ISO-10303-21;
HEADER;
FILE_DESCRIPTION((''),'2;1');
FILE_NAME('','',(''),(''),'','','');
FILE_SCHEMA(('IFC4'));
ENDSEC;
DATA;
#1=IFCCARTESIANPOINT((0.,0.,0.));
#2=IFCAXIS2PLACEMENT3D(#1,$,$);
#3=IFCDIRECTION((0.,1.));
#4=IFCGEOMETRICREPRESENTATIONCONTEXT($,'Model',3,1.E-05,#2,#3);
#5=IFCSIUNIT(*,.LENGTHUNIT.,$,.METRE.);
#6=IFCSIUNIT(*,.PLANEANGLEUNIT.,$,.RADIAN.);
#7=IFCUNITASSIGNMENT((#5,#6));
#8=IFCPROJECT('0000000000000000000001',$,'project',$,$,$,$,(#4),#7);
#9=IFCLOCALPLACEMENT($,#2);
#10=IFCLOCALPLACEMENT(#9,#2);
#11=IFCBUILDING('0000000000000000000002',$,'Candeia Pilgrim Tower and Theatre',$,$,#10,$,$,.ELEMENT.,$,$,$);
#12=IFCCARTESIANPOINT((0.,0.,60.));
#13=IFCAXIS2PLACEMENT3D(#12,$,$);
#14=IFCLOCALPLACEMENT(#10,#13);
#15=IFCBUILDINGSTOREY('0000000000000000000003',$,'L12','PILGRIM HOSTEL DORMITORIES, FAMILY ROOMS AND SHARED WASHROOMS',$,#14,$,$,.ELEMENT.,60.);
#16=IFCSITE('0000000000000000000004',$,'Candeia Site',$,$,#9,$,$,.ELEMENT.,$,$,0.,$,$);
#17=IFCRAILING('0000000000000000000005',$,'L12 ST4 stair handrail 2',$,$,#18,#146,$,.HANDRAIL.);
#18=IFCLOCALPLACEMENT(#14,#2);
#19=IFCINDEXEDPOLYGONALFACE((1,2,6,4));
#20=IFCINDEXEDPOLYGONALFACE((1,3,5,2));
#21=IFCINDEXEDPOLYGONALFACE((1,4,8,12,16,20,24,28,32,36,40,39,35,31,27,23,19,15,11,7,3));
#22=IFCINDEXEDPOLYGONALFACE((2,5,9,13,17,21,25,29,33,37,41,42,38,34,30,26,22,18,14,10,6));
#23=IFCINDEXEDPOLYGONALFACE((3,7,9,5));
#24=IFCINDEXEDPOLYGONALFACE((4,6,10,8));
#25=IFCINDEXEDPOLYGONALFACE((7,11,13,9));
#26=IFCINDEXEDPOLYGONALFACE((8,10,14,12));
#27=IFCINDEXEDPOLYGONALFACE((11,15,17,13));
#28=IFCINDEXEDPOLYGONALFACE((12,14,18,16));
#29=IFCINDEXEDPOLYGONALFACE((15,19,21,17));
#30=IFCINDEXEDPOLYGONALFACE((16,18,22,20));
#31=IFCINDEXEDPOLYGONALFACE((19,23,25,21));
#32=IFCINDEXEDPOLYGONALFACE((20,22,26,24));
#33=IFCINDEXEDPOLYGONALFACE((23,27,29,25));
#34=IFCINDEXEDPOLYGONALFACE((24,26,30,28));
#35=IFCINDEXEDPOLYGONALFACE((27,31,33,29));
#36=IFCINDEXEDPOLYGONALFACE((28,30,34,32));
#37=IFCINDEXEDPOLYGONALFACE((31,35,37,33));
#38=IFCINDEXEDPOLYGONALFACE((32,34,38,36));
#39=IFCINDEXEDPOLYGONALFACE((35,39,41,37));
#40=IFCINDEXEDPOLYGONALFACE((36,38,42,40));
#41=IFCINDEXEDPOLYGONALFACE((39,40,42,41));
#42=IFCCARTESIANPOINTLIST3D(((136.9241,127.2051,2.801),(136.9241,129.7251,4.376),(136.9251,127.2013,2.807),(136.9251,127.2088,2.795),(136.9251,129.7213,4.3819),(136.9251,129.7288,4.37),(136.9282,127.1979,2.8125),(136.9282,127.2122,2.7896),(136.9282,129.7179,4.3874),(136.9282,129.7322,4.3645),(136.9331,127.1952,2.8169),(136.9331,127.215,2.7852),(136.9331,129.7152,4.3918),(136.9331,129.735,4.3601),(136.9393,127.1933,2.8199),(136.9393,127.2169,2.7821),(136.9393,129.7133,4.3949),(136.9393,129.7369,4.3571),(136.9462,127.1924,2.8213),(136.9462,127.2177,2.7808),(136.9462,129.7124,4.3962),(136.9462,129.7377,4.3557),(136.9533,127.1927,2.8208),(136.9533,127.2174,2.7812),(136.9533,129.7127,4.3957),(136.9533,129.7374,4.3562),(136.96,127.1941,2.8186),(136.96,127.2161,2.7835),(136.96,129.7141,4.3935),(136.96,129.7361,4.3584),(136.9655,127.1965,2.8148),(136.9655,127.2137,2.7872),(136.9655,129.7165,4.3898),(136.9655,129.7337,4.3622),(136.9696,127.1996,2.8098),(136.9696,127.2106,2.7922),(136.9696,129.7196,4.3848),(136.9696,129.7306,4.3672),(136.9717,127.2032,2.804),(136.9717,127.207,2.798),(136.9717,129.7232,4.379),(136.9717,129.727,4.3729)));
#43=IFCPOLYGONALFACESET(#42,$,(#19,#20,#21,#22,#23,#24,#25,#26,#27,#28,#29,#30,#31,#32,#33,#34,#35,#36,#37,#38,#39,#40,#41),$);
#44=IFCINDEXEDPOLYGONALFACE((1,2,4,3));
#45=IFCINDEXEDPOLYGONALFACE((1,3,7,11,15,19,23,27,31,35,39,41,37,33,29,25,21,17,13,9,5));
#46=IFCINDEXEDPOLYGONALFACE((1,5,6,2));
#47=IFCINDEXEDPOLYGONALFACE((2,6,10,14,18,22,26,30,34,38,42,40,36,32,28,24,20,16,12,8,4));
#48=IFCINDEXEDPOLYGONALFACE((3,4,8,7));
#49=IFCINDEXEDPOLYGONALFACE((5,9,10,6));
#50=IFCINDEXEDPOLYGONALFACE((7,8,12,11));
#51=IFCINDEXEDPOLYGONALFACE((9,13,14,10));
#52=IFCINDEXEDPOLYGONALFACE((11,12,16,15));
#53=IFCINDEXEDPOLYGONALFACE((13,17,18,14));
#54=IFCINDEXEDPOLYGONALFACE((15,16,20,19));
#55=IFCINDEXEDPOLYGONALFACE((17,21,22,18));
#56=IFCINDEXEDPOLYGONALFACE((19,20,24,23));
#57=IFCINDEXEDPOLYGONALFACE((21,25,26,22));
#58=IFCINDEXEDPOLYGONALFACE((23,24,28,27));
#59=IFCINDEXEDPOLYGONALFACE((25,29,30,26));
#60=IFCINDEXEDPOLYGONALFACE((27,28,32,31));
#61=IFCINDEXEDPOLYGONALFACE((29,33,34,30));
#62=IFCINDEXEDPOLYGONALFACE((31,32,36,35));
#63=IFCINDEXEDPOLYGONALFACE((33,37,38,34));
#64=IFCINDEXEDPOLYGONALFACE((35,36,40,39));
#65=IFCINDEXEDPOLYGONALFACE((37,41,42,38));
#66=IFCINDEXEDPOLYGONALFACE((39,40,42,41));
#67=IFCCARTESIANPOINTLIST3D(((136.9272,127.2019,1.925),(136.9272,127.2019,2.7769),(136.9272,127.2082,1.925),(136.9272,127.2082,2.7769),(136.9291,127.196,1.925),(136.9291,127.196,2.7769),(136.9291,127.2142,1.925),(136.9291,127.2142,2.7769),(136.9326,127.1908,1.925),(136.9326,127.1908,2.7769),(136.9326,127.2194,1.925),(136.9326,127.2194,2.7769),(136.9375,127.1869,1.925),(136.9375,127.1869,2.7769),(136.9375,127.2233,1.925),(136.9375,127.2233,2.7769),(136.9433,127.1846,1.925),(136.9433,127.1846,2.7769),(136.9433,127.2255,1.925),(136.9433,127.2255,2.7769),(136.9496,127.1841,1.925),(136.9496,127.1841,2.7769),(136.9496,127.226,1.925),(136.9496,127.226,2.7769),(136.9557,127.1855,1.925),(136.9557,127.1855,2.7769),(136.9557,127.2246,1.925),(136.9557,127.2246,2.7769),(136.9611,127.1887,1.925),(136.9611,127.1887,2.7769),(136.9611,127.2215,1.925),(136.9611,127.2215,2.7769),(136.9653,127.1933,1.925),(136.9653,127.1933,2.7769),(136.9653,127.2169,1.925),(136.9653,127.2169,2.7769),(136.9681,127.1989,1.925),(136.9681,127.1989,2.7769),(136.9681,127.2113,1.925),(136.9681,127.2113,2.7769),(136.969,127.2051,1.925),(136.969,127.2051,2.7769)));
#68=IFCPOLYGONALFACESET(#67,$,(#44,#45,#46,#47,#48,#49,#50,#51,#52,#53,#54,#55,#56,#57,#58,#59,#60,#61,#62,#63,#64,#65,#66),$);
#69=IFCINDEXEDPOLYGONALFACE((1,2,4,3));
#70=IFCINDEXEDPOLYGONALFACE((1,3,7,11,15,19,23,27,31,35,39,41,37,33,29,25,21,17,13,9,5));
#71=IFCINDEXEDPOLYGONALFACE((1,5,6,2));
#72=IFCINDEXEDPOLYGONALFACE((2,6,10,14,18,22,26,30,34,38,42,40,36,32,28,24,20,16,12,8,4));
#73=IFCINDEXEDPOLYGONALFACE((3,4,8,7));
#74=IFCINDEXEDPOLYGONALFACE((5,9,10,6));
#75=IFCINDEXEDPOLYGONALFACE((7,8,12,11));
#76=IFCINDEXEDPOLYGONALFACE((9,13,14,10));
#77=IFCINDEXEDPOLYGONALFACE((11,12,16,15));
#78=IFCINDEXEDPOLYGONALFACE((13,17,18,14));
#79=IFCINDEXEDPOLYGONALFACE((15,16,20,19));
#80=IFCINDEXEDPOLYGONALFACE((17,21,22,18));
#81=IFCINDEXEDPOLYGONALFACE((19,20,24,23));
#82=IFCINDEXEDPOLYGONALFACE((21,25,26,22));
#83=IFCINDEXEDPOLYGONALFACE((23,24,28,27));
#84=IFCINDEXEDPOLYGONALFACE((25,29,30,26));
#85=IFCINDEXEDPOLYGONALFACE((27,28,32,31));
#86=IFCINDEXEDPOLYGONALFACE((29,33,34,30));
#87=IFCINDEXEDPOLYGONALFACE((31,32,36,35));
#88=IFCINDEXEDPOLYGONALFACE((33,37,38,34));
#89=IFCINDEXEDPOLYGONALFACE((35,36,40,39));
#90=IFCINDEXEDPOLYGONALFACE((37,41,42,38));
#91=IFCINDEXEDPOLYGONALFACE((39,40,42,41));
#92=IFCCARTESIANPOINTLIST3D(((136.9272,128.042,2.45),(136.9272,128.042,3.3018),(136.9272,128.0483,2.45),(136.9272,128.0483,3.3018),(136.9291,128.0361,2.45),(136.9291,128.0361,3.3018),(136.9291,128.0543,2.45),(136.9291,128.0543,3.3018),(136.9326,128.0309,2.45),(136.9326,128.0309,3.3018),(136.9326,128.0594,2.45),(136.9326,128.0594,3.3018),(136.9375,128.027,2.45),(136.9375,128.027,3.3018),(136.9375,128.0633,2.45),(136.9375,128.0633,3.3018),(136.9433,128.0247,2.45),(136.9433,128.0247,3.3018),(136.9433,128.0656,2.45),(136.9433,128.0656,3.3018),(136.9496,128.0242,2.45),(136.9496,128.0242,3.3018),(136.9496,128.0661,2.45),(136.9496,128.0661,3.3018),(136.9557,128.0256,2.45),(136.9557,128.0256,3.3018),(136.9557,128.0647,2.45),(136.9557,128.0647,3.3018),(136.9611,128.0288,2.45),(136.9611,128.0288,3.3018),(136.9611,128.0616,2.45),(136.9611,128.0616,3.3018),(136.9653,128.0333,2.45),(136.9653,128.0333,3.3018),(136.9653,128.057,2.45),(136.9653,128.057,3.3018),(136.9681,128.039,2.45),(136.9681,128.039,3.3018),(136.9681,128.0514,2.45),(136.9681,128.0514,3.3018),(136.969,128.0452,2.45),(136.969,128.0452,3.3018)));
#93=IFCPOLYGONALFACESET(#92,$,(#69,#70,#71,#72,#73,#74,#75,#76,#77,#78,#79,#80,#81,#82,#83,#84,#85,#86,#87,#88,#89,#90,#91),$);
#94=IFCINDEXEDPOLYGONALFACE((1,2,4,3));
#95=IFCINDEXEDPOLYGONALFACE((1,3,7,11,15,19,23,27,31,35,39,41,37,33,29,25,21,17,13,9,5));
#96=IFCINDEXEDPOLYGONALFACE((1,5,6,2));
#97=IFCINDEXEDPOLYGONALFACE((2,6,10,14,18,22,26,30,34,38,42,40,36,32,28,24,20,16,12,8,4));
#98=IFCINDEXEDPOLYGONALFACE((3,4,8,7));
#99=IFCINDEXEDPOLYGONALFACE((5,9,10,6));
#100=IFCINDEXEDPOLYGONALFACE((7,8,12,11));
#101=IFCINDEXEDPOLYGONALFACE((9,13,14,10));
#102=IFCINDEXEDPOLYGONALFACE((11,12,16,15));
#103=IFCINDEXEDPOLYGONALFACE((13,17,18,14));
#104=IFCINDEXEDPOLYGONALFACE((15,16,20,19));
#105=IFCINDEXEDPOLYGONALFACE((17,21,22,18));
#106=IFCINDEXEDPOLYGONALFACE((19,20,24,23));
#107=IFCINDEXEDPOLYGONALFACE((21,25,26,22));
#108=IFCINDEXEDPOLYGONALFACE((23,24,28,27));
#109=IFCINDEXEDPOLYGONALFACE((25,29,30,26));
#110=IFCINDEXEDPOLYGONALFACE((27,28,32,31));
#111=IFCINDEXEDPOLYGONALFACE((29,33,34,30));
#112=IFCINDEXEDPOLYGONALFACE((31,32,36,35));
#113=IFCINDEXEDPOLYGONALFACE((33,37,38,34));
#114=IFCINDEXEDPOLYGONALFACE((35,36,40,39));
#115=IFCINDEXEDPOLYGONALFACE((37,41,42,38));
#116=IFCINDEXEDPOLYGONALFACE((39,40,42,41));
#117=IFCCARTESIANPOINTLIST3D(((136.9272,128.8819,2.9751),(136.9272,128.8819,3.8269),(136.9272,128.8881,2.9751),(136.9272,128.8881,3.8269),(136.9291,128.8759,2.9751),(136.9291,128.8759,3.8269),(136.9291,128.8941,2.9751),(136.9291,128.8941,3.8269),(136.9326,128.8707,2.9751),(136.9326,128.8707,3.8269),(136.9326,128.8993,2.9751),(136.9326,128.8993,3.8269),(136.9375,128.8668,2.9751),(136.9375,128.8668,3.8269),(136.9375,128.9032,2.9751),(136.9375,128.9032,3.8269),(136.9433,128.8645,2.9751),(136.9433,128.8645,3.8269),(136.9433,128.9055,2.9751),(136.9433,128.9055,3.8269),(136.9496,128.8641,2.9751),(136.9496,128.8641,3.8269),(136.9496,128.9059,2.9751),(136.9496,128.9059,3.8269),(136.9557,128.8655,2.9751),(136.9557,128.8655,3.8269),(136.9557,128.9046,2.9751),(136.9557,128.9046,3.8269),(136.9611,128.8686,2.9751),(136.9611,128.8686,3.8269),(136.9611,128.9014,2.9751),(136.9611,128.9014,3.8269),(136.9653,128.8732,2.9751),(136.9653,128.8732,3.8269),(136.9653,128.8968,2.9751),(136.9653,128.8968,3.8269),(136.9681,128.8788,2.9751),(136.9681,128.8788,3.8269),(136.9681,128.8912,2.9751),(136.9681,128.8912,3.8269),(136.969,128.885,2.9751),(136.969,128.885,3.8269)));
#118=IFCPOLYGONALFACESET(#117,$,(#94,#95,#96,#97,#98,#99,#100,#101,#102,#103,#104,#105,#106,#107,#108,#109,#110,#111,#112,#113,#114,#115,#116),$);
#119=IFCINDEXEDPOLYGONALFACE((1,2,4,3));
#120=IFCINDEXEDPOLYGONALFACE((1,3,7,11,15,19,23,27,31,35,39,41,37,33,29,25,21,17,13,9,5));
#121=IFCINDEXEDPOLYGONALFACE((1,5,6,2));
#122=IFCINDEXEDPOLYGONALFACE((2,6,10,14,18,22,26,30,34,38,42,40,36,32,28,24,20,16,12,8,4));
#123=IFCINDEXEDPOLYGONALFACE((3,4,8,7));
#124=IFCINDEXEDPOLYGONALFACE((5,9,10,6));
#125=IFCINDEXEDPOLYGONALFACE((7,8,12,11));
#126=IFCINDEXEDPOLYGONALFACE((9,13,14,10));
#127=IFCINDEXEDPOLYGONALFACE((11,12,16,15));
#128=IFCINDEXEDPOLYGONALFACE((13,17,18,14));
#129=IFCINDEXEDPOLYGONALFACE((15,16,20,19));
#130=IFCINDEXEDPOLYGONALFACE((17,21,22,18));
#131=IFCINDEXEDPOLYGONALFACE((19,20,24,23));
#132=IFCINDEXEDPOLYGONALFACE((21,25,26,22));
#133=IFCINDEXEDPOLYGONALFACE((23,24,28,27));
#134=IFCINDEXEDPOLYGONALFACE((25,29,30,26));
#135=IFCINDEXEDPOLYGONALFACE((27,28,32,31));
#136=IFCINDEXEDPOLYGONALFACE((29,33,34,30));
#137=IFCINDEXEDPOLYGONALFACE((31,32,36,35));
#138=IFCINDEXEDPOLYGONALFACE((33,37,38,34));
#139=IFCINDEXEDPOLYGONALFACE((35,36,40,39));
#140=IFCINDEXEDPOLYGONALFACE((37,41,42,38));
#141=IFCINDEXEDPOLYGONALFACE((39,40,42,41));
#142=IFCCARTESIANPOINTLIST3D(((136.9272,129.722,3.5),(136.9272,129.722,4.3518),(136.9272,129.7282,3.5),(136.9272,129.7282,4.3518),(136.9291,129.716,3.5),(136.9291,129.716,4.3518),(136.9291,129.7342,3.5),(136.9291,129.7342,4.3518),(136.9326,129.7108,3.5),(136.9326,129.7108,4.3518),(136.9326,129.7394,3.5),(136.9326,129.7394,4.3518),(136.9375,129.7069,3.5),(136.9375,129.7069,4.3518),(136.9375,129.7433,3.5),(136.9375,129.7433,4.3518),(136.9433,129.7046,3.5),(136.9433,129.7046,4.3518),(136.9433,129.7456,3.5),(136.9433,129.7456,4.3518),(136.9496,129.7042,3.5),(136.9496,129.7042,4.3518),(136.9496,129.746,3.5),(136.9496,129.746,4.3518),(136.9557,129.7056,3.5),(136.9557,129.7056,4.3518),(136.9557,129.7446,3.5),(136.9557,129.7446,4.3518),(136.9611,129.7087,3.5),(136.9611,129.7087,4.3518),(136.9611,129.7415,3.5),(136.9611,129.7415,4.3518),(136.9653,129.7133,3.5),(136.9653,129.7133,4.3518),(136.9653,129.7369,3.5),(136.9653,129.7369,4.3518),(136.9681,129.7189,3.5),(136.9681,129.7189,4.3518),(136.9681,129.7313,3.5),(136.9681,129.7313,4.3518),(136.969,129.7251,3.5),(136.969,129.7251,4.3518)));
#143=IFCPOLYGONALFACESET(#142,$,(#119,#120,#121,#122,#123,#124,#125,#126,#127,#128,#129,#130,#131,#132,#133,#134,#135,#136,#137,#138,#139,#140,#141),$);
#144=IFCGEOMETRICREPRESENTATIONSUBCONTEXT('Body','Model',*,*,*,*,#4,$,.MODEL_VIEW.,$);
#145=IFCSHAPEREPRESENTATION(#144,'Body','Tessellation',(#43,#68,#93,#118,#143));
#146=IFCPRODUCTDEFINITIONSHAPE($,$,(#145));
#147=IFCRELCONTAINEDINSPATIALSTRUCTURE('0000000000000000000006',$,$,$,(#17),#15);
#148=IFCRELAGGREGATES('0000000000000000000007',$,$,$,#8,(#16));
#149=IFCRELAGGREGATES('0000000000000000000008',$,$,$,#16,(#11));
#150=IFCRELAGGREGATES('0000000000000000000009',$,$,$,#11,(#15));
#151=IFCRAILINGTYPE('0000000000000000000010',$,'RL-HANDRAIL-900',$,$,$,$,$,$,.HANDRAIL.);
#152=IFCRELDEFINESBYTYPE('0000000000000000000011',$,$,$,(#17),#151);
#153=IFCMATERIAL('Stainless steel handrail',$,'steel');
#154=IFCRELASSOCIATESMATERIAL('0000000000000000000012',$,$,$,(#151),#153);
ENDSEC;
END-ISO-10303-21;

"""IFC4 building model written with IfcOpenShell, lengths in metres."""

from ifc_helpers import new_model, si_unit, direction, frame, origin, origin_2d, place, context, subcontext, project, spatial, circle, extrude, material, type_object, element, save


model = new_model("IFC4")

# Units and contexts
model_context = context("Model", 3, precision=1e-05, world=origin(), true_north=direction((0.0, 1.0)))
body_context = subcontext(model_context, "Body", "Model", "MODEL_VIEW")
ifc_project = project(units=[si_unit("LENGTHUNIT", "METRE"), si_unit("PLANEANGLEUNIT", "RADIAN")], contexts=[model_context])

# Site, building, storey
site_placement = place(None, origin())
site = spatial("IfcSite", under=ifc_project, at=site_placement, Name="Candeia Site", CompositionType="ELEMENT", RefElevation=0.0)
building_placement = place(site_placement, origin())
building = spatial("IfcBuilding", under=site, at=building_placement, Name="Candeia Pilgrim Tower and Theatre", CompositionType="ELEMENT")
storey_placement = place(building_placement, frame((0.0, 0.0, 60.0)))
storey = spatial("IfcBuildingStorey", under=building, at=storey_placement, Name="L12", Description="PILGRIM HOSTEL DORMITORIES, FAMILY ROOMS AND SHARED WASHROOMS", CompositionType="ELEMENT", Elevation=60.0)

# Railing
ifc_material_1 = material(Name="Stainless steel handrail", Category="steel")
railing_type_1 = type_object("IfcRailingType", Name="RL-HANDRAIL-900", PredefinedType="HANDRAIL", material=ifc_material_1)
railing_1_placement = place(storey_placement, frame((136.948, 127.2051, 1.925)))
element("IfcRailing", 1, at=railing_1_placement, inside=storey, type_object=railing_type_1, Name="L12 ST4 stair handrail 2", PredefinedType="HANDRAIL", context=body_context, shape_type="SweptSolid", body=[
    extrude(circle(Radius=0.0239, at=origin_2d()), frame((0.0, 0.0, 0.876), z_axis=(0.0, 0.848008, 0.529984), x_axis=(-1.0, 0.0, 0.0)), (0.0, 0.0, 1.0), 2.9717),
    extrude(circle(Radius=0.021, at=origin_2d()), origin(), (0.0, 0.0, 1.0), 0.8518),
    extrude(circle(Radius=0.021, at=origin_2d()), frame((0.0, 0.8401, 0.5249)), (0.0, 0.0, 1.0), 0.8518),
    extrude(circle(Radius=0.021, at=origin_2d()), frame((0.0, 1.6799, 1.05)), (0.0, 0.0, 1.0), 0.8518),
    extrude(circle(Radius=0.021, at=origin_2d()), frame((0.0, 2.52, 1.575)), (0.0, 0.0, 1.0), 0.8518),
])

save(model, "model.ifc")
